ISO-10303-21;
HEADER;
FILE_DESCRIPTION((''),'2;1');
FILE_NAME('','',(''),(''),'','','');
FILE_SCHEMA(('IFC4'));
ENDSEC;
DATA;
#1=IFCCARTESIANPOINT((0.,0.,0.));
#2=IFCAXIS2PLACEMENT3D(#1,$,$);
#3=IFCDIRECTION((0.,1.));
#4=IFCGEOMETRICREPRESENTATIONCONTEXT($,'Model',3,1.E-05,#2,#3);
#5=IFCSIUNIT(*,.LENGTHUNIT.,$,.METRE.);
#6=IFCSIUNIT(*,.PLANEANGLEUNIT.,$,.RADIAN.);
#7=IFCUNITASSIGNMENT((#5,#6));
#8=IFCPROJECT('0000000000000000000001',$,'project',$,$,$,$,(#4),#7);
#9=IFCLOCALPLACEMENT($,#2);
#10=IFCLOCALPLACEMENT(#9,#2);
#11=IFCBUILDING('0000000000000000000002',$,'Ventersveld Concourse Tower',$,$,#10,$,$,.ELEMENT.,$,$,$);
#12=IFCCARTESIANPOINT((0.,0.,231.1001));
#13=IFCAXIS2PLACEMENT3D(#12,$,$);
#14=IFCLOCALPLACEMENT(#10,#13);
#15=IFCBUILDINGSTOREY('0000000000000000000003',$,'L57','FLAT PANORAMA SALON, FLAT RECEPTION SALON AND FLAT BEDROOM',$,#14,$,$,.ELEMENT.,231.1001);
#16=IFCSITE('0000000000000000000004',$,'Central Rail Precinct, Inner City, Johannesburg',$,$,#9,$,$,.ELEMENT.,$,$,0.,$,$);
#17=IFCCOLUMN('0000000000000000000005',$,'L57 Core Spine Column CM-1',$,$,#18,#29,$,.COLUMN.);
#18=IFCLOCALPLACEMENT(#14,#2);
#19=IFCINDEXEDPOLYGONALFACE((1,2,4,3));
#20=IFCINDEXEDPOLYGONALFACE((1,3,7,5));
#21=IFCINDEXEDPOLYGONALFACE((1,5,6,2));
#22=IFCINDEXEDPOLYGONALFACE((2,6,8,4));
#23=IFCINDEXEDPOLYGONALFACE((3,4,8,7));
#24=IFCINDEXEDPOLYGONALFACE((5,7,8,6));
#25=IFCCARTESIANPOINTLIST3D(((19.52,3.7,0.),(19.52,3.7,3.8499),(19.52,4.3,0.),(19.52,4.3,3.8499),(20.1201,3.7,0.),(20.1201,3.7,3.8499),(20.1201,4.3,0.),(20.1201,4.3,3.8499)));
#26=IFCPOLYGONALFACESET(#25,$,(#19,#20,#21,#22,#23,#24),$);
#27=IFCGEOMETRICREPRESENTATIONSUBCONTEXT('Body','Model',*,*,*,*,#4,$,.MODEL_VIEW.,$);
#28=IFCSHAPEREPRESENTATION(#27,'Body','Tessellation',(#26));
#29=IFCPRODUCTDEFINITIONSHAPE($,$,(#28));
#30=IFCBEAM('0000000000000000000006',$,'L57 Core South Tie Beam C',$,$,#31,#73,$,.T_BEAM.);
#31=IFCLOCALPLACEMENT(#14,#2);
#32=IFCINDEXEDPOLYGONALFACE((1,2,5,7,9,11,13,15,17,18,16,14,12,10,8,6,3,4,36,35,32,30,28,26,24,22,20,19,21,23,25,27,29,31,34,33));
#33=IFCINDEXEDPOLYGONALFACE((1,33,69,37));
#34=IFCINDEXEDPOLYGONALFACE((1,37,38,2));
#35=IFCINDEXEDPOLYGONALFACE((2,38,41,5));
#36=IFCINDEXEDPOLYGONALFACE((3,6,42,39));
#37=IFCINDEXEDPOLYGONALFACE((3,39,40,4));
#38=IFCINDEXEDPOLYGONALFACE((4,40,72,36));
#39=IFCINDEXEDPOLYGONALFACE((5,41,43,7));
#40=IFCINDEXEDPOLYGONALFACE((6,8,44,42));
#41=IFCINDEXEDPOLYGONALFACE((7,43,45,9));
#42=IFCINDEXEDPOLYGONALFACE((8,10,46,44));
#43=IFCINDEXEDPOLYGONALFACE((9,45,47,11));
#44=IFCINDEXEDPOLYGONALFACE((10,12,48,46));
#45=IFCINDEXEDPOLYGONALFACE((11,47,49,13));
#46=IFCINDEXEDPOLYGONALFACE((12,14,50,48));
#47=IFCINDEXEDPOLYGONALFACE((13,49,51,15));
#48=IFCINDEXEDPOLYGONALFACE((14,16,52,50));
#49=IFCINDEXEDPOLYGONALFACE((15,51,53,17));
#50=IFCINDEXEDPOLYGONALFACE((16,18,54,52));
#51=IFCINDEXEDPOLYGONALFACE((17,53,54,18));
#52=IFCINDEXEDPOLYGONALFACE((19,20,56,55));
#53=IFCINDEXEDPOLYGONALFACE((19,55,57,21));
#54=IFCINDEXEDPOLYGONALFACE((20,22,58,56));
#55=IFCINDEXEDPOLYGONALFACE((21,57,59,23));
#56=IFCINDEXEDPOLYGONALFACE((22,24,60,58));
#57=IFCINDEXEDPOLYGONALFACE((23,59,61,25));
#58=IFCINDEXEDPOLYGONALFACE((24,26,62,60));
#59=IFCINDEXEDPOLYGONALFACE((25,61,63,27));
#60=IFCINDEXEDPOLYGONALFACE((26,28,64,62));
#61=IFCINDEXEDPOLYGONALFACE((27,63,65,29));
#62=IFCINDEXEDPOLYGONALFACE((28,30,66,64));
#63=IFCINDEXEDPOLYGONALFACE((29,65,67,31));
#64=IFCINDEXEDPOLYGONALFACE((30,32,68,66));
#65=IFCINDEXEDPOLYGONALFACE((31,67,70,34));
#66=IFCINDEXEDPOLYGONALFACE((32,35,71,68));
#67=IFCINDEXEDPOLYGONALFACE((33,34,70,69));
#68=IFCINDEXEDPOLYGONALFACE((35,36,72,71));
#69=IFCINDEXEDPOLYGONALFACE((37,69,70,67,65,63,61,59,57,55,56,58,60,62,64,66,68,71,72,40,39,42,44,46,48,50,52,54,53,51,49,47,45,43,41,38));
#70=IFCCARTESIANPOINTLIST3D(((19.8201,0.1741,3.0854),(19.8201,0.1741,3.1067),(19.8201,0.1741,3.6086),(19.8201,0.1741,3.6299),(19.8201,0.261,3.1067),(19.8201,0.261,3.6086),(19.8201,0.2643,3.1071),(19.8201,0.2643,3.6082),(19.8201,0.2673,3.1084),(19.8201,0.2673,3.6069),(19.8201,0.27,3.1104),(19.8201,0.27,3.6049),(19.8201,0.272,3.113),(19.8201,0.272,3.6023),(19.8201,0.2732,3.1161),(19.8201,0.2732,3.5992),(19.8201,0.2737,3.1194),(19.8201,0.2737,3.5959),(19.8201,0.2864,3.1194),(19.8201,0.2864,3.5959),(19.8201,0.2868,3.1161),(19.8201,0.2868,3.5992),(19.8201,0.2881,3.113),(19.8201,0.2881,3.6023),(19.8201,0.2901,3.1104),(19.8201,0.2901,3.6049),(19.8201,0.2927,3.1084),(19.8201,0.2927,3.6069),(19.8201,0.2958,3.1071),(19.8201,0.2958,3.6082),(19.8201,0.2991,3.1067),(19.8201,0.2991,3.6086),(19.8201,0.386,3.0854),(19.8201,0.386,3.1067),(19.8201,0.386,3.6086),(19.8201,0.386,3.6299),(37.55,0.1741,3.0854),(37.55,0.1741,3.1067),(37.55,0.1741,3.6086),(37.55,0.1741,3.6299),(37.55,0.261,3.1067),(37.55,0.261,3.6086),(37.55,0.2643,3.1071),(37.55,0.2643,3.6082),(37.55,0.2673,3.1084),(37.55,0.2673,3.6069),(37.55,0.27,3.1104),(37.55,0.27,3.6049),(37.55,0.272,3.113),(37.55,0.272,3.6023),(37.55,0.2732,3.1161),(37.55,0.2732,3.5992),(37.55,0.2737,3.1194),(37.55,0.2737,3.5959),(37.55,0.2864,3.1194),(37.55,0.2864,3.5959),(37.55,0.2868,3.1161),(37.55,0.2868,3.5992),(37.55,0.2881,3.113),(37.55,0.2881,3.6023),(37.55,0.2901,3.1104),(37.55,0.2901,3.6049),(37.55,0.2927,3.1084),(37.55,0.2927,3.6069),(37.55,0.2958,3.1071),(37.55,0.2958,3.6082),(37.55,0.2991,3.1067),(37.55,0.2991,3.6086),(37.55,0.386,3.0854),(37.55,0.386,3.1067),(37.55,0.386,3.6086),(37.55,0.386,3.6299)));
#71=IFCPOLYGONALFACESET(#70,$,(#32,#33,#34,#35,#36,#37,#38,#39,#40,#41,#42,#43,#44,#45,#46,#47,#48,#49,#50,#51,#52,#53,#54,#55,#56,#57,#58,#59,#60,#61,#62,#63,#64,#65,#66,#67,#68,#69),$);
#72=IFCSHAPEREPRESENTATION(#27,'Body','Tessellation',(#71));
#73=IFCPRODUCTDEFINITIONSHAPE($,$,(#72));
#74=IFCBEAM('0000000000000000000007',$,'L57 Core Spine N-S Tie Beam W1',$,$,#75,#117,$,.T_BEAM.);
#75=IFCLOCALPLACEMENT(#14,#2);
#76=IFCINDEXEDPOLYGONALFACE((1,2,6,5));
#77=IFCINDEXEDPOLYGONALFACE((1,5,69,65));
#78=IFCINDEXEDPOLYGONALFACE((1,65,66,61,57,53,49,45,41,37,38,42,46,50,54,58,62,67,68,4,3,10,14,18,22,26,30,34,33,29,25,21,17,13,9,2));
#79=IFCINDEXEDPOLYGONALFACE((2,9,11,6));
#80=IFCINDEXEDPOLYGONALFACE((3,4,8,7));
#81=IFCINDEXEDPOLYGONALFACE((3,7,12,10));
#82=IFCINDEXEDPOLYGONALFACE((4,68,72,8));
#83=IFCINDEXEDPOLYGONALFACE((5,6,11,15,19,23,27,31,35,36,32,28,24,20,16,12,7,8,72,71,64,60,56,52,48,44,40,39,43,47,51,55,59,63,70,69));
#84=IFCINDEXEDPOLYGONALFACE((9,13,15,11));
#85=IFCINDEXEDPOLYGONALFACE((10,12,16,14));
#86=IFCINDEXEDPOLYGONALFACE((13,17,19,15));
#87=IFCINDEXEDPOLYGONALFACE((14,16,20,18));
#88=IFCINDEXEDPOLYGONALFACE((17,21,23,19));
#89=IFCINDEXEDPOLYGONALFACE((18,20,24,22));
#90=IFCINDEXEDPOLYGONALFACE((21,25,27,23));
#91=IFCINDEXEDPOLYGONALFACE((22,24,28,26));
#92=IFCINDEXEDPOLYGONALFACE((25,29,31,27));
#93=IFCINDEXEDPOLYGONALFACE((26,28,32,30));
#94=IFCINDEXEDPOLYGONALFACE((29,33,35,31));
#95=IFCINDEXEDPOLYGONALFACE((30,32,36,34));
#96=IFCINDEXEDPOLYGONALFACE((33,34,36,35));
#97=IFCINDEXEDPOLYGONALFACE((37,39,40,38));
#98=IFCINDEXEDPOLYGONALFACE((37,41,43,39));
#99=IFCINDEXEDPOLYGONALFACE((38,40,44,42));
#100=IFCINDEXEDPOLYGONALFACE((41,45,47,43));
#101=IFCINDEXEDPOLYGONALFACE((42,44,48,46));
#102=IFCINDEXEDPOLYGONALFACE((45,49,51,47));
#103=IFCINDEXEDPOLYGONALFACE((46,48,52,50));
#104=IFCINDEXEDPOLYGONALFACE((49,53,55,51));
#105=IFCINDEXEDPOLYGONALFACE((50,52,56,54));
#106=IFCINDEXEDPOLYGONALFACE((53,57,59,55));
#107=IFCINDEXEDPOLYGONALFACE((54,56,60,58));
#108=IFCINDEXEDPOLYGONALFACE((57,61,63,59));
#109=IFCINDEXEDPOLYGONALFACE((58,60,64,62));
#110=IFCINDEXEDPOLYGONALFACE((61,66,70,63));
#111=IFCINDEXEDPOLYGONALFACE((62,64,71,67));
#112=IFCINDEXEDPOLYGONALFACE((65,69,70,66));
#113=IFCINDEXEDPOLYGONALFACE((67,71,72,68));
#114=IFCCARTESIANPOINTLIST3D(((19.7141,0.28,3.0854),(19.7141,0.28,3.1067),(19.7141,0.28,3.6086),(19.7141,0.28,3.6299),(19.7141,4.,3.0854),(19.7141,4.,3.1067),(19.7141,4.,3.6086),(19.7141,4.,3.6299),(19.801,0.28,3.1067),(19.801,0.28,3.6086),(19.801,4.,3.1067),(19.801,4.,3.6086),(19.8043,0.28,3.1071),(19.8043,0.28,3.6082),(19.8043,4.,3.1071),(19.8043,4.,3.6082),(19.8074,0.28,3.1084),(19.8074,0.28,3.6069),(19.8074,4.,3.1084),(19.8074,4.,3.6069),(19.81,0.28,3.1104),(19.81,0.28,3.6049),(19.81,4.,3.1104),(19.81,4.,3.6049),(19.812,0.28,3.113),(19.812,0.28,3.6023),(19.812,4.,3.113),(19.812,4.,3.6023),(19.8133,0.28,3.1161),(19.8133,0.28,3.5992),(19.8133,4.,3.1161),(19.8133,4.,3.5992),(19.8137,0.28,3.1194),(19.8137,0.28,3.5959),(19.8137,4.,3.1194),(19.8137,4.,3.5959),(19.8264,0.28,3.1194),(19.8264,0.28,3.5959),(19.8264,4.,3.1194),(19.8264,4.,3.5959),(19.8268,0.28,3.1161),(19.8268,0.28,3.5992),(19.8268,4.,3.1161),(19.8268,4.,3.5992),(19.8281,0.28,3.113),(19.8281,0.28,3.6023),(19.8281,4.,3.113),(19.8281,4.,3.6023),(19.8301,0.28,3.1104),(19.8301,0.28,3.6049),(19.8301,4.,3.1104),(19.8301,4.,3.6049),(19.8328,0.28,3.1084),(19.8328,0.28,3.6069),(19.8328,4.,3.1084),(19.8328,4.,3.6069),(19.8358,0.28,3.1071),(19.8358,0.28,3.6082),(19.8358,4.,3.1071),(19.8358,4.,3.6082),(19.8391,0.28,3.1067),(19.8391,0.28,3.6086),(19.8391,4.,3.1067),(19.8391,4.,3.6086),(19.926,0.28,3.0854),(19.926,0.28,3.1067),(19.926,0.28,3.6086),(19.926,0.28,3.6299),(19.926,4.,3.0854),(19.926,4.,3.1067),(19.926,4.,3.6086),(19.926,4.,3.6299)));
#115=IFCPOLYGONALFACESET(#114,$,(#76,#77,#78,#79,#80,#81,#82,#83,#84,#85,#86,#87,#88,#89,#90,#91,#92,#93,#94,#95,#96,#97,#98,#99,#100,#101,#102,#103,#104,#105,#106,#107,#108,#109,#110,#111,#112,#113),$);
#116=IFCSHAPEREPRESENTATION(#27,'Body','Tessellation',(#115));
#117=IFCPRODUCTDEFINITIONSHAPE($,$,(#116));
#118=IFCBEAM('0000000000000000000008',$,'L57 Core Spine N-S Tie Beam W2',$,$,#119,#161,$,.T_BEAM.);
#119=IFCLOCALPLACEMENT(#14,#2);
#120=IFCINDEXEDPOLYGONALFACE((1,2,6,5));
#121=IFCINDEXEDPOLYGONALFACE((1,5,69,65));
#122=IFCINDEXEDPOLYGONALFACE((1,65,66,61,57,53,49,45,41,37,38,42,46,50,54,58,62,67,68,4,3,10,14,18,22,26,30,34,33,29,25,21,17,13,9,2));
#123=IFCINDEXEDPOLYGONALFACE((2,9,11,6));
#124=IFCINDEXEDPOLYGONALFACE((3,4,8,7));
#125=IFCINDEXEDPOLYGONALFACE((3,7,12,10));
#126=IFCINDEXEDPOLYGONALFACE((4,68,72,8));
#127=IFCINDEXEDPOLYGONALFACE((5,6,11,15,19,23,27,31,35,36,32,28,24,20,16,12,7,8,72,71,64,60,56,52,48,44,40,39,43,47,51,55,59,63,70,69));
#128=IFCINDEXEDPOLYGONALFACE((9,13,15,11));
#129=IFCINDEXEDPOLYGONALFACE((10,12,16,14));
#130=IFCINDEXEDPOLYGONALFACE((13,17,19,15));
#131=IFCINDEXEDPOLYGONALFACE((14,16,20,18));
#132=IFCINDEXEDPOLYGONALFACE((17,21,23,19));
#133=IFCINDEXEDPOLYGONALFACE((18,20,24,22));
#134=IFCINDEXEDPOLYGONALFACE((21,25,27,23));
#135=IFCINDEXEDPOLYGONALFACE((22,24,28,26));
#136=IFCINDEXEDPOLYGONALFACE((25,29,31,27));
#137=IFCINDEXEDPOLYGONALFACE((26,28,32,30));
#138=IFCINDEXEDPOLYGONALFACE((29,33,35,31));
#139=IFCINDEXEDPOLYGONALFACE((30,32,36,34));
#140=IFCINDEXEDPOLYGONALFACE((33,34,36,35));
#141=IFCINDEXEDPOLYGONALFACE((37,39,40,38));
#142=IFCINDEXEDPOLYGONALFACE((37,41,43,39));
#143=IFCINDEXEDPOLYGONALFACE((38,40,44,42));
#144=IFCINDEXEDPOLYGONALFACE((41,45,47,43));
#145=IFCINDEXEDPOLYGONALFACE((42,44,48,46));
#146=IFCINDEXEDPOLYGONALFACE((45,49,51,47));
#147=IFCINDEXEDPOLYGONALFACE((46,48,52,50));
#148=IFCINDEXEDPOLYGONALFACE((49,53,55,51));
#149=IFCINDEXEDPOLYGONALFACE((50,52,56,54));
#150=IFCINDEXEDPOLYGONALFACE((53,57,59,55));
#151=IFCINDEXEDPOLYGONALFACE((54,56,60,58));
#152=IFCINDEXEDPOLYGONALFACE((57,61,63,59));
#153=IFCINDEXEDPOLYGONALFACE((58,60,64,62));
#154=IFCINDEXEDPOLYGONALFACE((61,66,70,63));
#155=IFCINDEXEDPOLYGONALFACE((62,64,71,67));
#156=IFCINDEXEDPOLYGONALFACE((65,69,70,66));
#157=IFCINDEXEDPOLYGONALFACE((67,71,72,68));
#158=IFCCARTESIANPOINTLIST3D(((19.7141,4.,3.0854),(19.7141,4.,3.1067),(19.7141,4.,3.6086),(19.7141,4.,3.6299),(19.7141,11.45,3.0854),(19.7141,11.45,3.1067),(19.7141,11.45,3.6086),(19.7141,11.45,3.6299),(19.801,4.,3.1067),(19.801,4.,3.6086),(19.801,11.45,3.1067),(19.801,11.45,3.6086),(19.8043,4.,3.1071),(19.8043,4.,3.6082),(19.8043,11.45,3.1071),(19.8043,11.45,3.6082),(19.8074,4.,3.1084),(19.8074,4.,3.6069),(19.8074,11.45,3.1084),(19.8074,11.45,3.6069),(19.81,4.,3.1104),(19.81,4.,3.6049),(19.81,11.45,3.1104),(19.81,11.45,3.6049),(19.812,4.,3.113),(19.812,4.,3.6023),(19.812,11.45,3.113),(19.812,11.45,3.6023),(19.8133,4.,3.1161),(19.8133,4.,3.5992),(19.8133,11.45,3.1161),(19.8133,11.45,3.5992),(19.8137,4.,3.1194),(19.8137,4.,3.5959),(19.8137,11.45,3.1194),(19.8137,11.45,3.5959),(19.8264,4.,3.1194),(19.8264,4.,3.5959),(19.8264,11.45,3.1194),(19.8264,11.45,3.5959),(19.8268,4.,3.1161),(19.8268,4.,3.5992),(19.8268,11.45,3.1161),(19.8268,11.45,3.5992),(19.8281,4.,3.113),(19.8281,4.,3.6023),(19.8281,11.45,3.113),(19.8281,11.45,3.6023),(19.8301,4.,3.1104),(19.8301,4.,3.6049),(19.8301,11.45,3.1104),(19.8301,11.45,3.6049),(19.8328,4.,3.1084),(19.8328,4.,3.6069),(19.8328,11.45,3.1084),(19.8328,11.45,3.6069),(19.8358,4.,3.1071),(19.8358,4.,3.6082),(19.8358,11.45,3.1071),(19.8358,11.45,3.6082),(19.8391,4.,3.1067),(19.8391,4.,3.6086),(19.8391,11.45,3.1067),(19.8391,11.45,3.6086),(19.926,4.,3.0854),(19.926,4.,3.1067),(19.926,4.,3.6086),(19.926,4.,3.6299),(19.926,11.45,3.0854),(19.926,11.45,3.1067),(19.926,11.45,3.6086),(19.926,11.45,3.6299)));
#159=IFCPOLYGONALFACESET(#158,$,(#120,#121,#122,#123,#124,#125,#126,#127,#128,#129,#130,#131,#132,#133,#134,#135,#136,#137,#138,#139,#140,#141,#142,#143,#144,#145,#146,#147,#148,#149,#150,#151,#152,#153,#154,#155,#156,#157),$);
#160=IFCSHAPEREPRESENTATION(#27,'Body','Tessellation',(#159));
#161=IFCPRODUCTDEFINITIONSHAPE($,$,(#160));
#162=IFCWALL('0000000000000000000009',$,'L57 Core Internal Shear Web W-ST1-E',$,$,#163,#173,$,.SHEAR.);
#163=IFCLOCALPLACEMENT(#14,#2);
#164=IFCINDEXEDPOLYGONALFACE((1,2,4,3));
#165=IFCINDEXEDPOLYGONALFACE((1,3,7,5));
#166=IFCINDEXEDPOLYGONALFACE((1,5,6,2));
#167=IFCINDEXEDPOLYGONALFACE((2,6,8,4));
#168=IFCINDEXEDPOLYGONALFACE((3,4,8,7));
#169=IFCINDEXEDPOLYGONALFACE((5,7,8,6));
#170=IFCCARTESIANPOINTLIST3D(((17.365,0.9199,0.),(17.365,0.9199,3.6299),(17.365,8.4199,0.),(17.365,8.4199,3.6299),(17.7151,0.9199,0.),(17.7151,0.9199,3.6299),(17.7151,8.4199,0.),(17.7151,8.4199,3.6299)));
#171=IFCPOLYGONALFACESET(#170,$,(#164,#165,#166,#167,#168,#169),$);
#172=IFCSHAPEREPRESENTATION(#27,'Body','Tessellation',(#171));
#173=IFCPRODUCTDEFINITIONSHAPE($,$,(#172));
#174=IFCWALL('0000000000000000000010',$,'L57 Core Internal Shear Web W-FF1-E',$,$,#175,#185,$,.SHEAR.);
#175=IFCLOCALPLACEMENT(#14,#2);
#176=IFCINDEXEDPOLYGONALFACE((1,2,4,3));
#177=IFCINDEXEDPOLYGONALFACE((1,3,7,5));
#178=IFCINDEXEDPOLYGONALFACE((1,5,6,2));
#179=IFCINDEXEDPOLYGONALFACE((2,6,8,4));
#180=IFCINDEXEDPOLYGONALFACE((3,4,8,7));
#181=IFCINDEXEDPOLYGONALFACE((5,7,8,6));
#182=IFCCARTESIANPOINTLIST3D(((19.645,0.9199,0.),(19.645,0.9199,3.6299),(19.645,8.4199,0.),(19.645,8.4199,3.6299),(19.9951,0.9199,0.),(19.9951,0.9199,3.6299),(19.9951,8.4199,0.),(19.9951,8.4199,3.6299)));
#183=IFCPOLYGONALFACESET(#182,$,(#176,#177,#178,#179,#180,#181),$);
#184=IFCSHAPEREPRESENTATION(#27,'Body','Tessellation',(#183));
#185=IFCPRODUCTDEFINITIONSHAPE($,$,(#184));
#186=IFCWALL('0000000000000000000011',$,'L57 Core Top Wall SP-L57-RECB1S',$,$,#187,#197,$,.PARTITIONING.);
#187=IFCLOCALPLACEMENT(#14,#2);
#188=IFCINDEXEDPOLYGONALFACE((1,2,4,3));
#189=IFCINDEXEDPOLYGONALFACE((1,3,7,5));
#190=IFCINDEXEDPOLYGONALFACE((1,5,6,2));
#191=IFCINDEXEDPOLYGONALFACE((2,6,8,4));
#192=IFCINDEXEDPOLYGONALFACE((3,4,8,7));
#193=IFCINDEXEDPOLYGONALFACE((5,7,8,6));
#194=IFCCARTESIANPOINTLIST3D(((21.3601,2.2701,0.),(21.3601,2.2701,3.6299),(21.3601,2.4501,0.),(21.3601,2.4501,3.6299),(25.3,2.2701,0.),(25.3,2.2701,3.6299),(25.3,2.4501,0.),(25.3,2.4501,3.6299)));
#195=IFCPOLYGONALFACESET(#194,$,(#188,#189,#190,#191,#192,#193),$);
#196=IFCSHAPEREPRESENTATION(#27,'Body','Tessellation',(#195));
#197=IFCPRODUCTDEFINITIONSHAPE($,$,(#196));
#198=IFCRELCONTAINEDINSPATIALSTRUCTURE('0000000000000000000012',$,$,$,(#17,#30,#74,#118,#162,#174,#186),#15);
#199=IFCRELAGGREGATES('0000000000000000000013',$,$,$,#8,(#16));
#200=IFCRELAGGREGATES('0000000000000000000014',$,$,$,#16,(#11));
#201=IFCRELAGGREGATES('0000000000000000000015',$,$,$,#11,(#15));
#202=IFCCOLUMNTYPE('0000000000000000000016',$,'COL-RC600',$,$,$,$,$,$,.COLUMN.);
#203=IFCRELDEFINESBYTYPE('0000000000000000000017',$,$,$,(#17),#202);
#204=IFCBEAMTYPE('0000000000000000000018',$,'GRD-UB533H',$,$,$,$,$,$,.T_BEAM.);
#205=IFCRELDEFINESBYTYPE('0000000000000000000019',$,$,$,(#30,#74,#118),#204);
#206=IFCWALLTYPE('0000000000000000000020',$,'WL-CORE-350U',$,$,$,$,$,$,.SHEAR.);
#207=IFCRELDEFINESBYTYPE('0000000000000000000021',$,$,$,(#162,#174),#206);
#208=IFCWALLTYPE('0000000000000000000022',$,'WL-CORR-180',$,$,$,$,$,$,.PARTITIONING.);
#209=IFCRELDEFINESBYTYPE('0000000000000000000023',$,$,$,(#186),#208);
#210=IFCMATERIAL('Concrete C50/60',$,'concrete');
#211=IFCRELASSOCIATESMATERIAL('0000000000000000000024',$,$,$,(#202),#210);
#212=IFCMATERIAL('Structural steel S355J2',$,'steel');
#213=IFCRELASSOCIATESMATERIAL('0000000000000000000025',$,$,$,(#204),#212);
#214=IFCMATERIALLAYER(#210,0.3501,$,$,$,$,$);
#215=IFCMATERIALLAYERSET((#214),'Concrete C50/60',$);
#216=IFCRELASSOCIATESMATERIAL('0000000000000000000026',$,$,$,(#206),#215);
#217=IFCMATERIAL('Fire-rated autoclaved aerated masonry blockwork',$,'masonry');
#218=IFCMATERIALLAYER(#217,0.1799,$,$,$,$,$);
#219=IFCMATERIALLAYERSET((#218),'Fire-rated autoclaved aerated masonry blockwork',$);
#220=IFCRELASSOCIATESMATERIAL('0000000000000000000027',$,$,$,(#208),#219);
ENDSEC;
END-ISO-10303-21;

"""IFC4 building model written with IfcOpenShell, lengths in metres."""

from ifc_helpers import new_model, si_unit, direction, frame, frame_2d, origin, origin_2d, place, context, subcontext, project, spatial, rectangle, i_section, extrude, material, layer, layer_set, material_profile, profile_set, type_object, element, save


model = new_model("IFC4")

# Units and contexts
model_context = context("Model", 3, precision=1e-05, world=origin(), true_north=direction((0.0, 1.0)))
body_context = subcontext(model_context, "Body", "Model", "MODEL_VIEW")
ifc_project = project(units=[si_unit("LENGTHUNIT", "METRE"), si_unit("PLANEANGLEUNIT", "RADIAN")], contexts=[model_context])

# Site, building, storey
site_placement = place(None, origin())
site = spatial("IfcSite", under=ifc_project, at=site_placement, Name="Central Rail Precinct, Inner City, Johannesburg", CompositionType="ELEMENT", RefElevation=0.0)
building_placement = place(site_placement, origin())
building = spatial("IfcBuilding", under=site, at=building_placement, Name="Ventersveld Concourse Tower", CompositionType="ELEMENT")
storey_placement = place(building_placement, frame((0.0, 0.0, 231.1001)))
storey = spatial("IfcBuildingStorey", under=building, at=storey_placement, Name="L57", Description="FLAT PANORAMA SALON, FLAT RECEPTION SALON AND FLAT BEDROOM", CompositionType="ELEMENT", Elevation=231.1001)

# Column
ifc_material_1 = material(Name="Concrete C50/60", Category="concrete")
ifc_material_profile_1 = material_profile(ifc_material_1, rectangle(XDim=0.6001, YDim=0.6001, at=origin_2d()), Name="RC 600x600")
ifc_profile_set_1 = profile_set([ifc_material_profile_1], Name="Concrete C50/60")
column_type = type_object("IfcColumnType", Name="COL-RC600", PredefinedType="COLUMN", material=ifc_profile_set_1)
column_placement = place(storey_placement, frame((19.8201, 4.0, 0.0), z_axis=(0.0, 0.0, 1.0), x_axis=(1.0, 0.0, 0.0)))
element("IfcColumn", 1, at=column_placement, inside=storey, type_object=column_type, Name="L57 Core Spine Column CM-1", PredefinedType="COLUMN", context=body_context, shape_type="SweptSolid", body=[
    extrude(rectangle(XDim=0.6001, YDim=0.6001, at=origin_2d()), origin(), (0.0, 0.0, 1.0), 3.8499),
])

# Beams
ifc_material_2 = material(Name="Structural steel S355J2", Category="steel")
ifc_material_profile_2 = material_profile(ifc_material_2, i_section(OverallWidth=0.2119, OverallDepth=0.5444, WebThickness=0.0127, FlangeThickness=0.0212, FilletRadius=0.0127, at=origin_2d()), Name="UB 533x210x122")
ifc_profile_set_2 = profile_set([ifc_material_profile_2], Name="Structural steel S355J2")
beam_type = type_object("IfcBeamType", Name="GRD-UB533H", PredefinedType="T_BEAM", material=ifc_profile_set_2)
beam_1_placement = place(storey_placement, frame((19.8201, 0.28, 3.3577), z_axis=(1.0, 0.0, 0.0), x_axis=(0.0, 1.0, 0.0)))
element("IfcBeam", 2, at=beam_1_placement, inside=storey, type_object=beam_type, Name="L57 Core South Tie Beam C", PredefinedType="T_BEAM", context=body_context, shape_type="SweptSolid", body=[
    extrude(i_section(OverallWidth=0.2119, OverallDepth=0.5444, WebThickness=0.0127, FlangeThickness=0.0212, FilletRadius=0.0127, at=origin_2d()), origin(), (0.0, 0.0, 1.0), 17.73),
])
beam_2_placement = place(storey_placement, frame((19.8201, 0.28, 3.3577), z_axis=(0.0, 1.0, 0.0), x_axis=(-1.0, 0.0, 0.0)))
element("IfcBeam", 3, at=beam_2_placement, inside=storey, type_object=beam_type, Name="L57 Core Spine N-S Tie Beam W1", PredefinedType="T_BEAM", context=body_context, shape_type="SweptSolid", body=[
    extrude(i_section(OverallWidth=0.2119, OverallDepth=0.5444, WebThickness=0.0127, FlangeThickness=0.0212, FilletRadius=0.0127, at=origin_2d()), origin(), (0.0, 0.0, 1.0), 3.72),
])
beam_3_placement = place(storey_placement, frame((19.8201, 4.0, 3.3577), z_axis=(0.0, 1.0, 0.0), x_axis=(-1.0, 0.0, 0.0)))
element("IfcBeam", 4, at=beam_3_placement, inside=storey, type_object=beam_type, Name="L57 Core Spine N-S Tie Beam W2", PredefinedType="T_BEAM", context=body_context, shape_type="SweptSolid", body=[
    extrude(i_section(OverallWidth=0.2119, OverallDepth=0.5444, WebThickness=0.0127, FlangeThickness=0.0212, FilletRadius=0.0127, at=origin_2d()), origin(), (0.0, 0.0, 1.0), 7.45),
])

# Walls
ifc_layer_1 = layer(ifc_material_1, 0.3501)
ifc_layer_set_1 = layer_set([ifc_layer_1], Name="Concrete C50/60")
wall_type_1 = type_object("IfcWallType", Name="WL-CORE-350U", PredefinedType="SHEAR", material=ifc_layer_set_1)
for number, where, z_axis, x_axis, name in (
    (5, (17.54, 0.9199, 0.0), (0.0, 0.0, 1.0), (0.0, 1.0, 0.0), "L57 Core Internal Shear Web W-ST1-E"),
    (6, (19.8201, 0.9199, 0.0), (0.0, 0.0, 1.0), (0.0, 1.0, 0.0), "L57 Core Internal Shear Web W-FF1-E"),
):
    element("IfcWall", number, at=place(storey_placement, frame(where, z_axis=z_axis, x_axis=x_axis)), inside=storey, type_object=wall_type_1, Name=name, PredefinedType="SHEAR", context=body_context, shape_type="SweptSolid", body=[
        extrude(rectangle(XDim=7.5, YDim=0.3501, at=frame_2d((3.75, 0.0))), origin(), (0.0, 0.0, 1.0), 3.6299),
    ])
ifc_material_3 = material(Name="Fire-rated autoclaved aerated masonry blockwork", Category="masonry")
ifc_layer_2 = layer(ifc_material_3, 0.1799)
ifc_layer_set_2 = layer_set([ifc_layer_2], Name="Fire-rated autoclaved aerated masonry blockwork")
wall_type_2 = type_object("IfcWallType", Name="WL-CORR-180", PredefinedType="PARTITIONING", material=ifc_layer_set_2)
wall_1_placement = place(storey_placement, frame((21.3601, 2.3601, 0.0), z_axis=(0.0, 0.0, 1.0), x_axis=(1.0, 0.0, 0.0)))
element("IfcWall", 7, at=wall_1_placement, inside=storey, type_object=wall_type_2, Name="L57 Core Top Wall SP-L57-RECB1S", PredefinedType="PARTITIONING", context=body_context, shape_type="SweptSolid", body=[
    extrude(rectangle(XDim=3.9399, YDim=0.1799, at=frame_2d((1.97, 0.0))), origin(), (0.0, 0.0, 1.0), 3.6299),
])

save(model, "model.ifc")
